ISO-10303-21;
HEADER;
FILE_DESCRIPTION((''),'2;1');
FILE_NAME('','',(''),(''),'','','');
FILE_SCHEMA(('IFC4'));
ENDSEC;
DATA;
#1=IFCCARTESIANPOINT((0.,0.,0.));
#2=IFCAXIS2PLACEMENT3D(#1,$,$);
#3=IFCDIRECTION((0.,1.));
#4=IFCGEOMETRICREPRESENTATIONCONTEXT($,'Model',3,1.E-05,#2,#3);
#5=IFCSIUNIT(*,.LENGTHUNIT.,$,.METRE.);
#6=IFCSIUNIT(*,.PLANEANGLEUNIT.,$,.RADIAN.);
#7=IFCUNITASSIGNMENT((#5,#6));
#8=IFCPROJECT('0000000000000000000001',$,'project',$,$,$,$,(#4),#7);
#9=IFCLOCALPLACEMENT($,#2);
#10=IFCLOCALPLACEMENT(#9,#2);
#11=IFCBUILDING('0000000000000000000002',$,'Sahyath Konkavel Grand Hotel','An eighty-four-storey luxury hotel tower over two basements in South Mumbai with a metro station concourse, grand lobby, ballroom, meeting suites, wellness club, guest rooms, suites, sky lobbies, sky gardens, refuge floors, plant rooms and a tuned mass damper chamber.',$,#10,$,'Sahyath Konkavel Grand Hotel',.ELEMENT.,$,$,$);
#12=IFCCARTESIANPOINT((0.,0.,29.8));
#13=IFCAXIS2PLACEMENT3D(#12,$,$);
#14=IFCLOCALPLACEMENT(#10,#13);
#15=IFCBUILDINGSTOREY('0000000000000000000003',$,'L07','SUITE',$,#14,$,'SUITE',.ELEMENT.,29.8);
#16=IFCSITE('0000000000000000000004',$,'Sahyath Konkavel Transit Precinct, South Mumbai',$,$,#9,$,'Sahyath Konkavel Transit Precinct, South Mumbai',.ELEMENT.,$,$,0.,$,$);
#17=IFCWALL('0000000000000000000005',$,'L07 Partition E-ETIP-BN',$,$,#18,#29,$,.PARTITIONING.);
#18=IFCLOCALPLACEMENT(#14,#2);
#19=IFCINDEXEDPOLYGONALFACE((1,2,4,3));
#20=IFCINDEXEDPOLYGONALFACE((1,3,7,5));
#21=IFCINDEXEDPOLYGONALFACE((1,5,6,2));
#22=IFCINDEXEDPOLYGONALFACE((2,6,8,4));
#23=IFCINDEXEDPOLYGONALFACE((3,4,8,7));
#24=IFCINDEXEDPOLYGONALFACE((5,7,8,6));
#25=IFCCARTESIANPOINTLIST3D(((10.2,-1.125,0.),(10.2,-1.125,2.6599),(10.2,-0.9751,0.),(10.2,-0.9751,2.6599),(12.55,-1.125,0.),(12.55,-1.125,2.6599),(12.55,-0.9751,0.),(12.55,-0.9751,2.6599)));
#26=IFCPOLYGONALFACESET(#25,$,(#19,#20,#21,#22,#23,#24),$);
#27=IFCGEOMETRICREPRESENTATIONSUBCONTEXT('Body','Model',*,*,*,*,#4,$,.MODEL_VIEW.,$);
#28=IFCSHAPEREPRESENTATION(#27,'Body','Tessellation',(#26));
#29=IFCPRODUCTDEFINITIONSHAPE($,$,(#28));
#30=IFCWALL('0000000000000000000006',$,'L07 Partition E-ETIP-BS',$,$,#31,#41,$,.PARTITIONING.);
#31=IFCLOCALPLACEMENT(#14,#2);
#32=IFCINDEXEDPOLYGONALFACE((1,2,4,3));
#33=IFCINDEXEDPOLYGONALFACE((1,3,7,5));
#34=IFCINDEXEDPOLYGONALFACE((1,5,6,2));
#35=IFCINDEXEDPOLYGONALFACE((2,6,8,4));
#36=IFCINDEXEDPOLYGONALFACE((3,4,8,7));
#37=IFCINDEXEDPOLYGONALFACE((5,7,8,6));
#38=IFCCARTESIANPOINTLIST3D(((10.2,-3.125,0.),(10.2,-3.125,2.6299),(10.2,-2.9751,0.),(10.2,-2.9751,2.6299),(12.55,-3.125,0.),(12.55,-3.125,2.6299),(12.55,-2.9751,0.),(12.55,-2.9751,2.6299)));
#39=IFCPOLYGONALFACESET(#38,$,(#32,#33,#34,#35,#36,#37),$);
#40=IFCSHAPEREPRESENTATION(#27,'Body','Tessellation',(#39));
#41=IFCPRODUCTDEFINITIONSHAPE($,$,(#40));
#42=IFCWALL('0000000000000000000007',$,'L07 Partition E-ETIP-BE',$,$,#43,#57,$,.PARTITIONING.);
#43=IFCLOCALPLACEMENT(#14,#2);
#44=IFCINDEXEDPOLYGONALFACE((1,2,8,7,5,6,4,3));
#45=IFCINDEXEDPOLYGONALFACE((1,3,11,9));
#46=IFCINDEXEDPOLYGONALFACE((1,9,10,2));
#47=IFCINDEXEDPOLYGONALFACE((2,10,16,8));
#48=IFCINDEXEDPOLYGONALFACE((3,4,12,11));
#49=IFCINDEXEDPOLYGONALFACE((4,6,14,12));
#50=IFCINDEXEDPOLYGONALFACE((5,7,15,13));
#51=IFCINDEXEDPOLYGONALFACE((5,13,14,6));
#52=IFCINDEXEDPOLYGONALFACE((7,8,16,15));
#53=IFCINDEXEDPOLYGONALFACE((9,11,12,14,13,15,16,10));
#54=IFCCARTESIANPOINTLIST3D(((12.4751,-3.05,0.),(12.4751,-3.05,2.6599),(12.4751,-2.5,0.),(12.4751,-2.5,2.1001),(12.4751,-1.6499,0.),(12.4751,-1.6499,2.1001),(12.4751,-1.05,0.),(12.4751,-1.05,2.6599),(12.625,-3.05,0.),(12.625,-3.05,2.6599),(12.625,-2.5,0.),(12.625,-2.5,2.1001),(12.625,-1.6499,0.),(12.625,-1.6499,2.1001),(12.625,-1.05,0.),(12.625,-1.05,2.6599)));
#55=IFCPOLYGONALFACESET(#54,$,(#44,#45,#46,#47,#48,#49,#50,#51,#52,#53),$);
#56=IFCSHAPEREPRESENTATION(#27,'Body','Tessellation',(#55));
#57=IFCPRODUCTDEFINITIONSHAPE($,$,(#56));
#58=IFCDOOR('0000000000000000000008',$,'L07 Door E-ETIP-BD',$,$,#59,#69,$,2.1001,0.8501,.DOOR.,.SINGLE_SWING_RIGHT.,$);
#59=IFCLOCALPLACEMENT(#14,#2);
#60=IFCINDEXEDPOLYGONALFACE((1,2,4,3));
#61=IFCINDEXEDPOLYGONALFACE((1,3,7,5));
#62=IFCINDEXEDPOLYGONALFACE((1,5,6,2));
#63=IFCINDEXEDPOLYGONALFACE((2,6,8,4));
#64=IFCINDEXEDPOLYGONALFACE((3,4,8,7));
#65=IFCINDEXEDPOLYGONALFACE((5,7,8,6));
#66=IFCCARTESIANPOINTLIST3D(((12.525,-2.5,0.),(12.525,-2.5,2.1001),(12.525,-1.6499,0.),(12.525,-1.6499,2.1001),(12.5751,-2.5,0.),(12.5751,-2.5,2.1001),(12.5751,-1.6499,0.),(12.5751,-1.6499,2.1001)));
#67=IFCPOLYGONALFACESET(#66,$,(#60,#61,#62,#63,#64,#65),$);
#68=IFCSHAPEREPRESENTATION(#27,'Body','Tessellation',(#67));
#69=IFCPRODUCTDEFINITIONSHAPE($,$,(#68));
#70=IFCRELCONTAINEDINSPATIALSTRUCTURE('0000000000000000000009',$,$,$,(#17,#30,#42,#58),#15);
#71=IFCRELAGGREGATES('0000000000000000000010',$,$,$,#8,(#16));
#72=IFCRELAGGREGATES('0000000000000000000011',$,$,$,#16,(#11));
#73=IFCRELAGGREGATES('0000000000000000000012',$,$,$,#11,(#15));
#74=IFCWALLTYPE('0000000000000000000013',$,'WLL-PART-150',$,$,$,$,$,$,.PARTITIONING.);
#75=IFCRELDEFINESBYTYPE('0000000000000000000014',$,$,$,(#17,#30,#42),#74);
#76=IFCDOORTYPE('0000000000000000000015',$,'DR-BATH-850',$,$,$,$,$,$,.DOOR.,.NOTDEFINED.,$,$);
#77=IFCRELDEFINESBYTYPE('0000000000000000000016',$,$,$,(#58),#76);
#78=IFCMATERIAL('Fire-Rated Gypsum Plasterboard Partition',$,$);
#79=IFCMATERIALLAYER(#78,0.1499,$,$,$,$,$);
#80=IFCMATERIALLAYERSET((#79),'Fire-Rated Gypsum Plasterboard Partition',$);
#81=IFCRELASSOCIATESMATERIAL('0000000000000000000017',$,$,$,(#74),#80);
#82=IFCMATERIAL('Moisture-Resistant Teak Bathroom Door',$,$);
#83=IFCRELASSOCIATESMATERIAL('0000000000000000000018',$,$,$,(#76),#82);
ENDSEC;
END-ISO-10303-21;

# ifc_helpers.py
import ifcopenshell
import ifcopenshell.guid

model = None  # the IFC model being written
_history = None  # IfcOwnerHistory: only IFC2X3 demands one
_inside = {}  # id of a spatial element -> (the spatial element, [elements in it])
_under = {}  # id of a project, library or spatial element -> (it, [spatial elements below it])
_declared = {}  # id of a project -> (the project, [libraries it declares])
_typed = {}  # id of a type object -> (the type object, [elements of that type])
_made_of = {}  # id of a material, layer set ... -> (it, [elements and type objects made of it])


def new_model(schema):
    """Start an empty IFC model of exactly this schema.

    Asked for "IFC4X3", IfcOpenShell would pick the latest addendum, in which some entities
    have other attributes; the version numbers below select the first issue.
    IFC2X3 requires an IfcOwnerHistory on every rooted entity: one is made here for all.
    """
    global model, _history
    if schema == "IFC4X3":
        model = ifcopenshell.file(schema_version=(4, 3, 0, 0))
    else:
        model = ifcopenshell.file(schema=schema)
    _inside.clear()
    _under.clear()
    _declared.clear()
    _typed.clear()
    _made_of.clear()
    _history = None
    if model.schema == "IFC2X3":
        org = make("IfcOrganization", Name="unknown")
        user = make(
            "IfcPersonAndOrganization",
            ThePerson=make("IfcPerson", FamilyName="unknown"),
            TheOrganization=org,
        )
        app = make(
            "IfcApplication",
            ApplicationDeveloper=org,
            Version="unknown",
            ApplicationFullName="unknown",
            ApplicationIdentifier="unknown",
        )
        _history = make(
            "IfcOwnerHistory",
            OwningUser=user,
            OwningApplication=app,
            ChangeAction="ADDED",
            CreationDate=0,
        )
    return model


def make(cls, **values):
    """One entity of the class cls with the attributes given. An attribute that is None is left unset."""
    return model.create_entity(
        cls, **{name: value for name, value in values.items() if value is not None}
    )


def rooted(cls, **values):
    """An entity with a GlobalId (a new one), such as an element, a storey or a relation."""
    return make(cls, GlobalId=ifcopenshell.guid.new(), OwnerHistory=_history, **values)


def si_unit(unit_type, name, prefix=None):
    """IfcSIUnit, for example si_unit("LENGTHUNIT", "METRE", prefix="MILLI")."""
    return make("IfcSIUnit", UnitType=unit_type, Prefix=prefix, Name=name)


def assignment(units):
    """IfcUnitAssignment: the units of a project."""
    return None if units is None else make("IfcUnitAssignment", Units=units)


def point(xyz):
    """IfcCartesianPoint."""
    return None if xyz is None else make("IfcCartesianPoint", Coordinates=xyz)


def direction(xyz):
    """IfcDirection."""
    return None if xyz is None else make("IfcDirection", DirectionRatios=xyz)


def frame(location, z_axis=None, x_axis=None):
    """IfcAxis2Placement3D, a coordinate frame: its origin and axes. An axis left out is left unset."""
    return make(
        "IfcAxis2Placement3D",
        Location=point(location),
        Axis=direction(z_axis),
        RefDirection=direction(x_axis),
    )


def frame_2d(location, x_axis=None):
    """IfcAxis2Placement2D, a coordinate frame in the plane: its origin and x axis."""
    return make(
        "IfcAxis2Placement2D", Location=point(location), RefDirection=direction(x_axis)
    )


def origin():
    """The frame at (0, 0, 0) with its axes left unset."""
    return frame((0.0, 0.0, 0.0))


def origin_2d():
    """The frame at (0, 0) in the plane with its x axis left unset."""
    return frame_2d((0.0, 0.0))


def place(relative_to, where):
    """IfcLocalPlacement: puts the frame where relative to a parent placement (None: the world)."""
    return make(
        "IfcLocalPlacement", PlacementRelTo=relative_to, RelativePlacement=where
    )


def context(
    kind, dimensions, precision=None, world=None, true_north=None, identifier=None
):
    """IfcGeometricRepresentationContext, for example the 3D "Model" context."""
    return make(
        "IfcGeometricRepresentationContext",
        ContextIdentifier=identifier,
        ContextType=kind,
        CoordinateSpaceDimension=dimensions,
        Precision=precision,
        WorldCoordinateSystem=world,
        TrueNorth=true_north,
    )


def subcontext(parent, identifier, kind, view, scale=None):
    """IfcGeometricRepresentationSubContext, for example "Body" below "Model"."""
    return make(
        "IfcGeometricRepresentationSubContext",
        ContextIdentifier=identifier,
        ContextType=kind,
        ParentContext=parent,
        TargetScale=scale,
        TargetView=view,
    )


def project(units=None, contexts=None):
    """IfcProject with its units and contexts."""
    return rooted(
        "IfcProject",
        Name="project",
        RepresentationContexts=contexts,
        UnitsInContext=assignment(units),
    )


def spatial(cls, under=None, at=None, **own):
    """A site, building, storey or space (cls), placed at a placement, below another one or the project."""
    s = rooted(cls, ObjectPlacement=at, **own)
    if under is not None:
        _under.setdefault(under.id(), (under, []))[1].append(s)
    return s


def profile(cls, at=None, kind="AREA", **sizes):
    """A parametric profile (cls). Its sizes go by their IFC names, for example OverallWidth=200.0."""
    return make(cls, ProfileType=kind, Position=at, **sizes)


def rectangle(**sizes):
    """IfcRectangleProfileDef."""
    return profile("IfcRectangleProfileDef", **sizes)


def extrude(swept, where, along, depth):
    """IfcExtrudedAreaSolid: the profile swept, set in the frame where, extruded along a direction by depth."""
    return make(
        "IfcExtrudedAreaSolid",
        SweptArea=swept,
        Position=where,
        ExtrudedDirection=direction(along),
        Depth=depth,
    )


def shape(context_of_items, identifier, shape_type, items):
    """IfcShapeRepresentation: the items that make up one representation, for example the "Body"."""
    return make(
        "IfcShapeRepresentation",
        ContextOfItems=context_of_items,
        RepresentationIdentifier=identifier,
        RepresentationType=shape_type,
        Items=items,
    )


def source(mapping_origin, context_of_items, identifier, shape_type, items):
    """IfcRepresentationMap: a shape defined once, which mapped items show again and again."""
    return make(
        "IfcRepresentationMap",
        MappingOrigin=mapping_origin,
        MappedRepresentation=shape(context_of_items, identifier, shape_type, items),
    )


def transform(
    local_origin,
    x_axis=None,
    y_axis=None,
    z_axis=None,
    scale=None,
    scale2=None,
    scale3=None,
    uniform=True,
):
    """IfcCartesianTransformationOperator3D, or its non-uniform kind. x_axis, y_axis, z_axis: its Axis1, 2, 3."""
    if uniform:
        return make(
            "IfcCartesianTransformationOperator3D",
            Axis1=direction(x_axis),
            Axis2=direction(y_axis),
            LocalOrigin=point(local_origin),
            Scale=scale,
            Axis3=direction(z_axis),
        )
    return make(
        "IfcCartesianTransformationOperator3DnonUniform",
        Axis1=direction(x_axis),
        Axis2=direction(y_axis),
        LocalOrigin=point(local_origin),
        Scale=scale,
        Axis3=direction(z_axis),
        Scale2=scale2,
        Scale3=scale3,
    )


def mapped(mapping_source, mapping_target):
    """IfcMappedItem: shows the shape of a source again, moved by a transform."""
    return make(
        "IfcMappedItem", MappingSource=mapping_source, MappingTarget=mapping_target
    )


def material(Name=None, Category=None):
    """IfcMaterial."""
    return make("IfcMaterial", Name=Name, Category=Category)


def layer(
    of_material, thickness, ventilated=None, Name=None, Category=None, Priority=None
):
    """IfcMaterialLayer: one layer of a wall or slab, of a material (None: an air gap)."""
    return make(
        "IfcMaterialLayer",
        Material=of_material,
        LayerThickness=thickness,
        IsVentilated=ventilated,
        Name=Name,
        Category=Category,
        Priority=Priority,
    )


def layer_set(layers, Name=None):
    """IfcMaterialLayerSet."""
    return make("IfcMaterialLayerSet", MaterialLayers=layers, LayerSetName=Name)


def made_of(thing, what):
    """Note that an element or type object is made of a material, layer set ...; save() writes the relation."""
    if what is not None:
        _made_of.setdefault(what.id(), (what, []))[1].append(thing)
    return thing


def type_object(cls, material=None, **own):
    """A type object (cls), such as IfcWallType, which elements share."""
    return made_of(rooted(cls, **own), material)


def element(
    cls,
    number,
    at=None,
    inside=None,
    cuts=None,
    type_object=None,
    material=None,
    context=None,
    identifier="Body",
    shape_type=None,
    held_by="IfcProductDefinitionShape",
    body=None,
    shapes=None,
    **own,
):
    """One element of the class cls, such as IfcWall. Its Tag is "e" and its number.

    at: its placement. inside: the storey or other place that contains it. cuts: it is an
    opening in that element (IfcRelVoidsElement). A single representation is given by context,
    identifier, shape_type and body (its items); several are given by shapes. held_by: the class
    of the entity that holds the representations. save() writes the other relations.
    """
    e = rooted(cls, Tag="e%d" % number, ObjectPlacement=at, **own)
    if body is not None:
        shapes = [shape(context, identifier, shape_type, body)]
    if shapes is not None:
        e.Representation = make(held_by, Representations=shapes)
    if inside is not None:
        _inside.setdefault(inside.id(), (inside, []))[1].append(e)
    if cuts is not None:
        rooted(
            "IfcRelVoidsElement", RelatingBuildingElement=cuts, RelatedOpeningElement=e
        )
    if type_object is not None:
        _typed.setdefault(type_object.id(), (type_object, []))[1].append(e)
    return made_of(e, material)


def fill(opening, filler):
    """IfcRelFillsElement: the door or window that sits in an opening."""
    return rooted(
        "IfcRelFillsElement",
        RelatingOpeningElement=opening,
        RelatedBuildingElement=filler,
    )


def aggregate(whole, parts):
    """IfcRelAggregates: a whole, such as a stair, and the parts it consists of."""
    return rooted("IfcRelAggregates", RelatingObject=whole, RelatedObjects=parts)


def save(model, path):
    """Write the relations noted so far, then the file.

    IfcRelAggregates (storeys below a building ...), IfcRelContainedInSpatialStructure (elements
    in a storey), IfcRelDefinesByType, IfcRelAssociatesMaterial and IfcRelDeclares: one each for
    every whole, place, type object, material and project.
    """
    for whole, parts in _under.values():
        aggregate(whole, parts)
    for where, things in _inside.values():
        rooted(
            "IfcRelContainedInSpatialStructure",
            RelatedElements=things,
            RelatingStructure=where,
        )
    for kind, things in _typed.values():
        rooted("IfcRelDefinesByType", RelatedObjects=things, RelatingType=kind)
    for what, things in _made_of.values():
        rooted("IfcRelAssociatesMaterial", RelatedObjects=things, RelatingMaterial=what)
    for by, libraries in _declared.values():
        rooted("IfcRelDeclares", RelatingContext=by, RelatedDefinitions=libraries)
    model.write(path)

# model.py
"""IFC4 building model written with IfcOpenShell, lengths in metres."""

from ifc_helpers import new_model, si_unit, direction, frame, frame_2d, origin, origin_2d, place, context, subcontext, project, spatial, rectangle, extrude, source, transform, mapped, material, layer, layer_set, type_object, element, fill, save


model = new_model("IFC4")

# Units and contexts
model_context = context("Model", 3, precision=1e-05, world=origin(), true_north=direction((0.0, 1.0)))
body_context = subcontext(model_context, "Body", "Model", "MODEL_VIEW")
ifc_project = project(units=[si_unit("LENGTHUNIT", "METRE"), si_unit("PLANEANGLEUNIT", "RADIAN")], contexts=[model_context])

# Site, building, storey
site_placement = place(None, origin())
site = spatial("IfcSite", under=ifc_project, at=site_placement, Name="Sahyath Konkavel Transit Precinct, South Mumbai", LongName="Sahyath Konkavel Transit Precinct, South Mumbai", CompositionType="ELEMENT", RefElevation=0.0)
building_placement = place(site_placement, origin())
building = spatial("IfcBuilding", under=site, at=building_placement, Name="Sahyath Konkavel Grand Hotel", Description="An eighty-four-storey luxury hotel tower over two basements in South Mumbai with a metro station concourse, grand lobby, ballroom, meeting suites, wellness club, guest rooms, suites, sky lobbies, sky gardens, refuge floors, plant rooms and a tuned mass damper chamber.", LongName="Sahyath Konkavel Grand Hotel", CompositionType="ELEMENT")
storey_placement = place(building_placement, frame((0.0, 0.0, 29.8)))
storey = spatial("IfcBuildingStorey", under=building, at=storey_placement, Name="L07", Description="SUITE", LongName="SUITE", CompositionType="ELEMENT", Elevation=29.8)

# Shared definitions
shared_shape_1 = source(origin(), body_context, "Body", "SweptSolid", [
    extrude(rectangle(XDim=0.8501, YDim=0.05, at=origin_2d()), origin(), (0.0, 0.0, 1.0), 2.1001),
])

# Walls
ifc_material_1 = material(Name="Fire-Rated Gypsum Plasterboard Partition")
ifc_layer_1 = layer(ifc_material_1, 0.1499)
ifc_layer_set_1 = layer_set([ifc_layer_1], Name="Fire-Rated Gypsum Plasterboard Partition")
wall_type_1 = type_object("IfcWallType", Name="WLL-PART-150", PredefinedType="PARTITIONING", material=ifc_layer_set_1)
wall_1_placement = place(storey_placement, frame((10.2, -1.05, 0.0), z_axis=(0.0, 0.0, 1.0), x_axis=(1.0, 0.0, 0.0)))
element("IfcWall", 1, at=wall_1_placement, inside=storey, type_object=wall_type_1, Name="L07 Partition E-ETIP-BN", PredefinedType="PARTITIONING", context=body_context, shape_type="SweptSolid", body=[
    extrude(rectangle(XDim=2.3501, YDim=0.1499, at=frame_2d((1.175, 0.0))), origin(), (0.0, 0.0, 1.0), 2.6599),
])
wall_2_placement = place(storey_placement, frame((10.2, -3.05, 0.0), z_axis=(0.0, 0.0, 1.0), x_axis=(1.0, 0.0, 0.0)))
element("IfcWall", 2, at=wall_2_placement, inside=storey, type_object=wall_type_1, Name="L07 Partition E-ETIP-BS", PredefinedType="PARTITIONING", context=body_context, shape_type="SweptSolid", body=[
    extrude(rectangle(XDim=2.3501, YDim=0.1499, at=frame_2d((1.175, 0.0))), origin(), (0.0, 0.0, 1.0), 2.6299),
])

# Wall, opening, door
wall_3_placement = place(storey_placement, frame((12.55, -3.05, 0.0), z_axis=(0.0, 0.0, 1.0), x_axis=(0.0, 1.0, 0.0)))
wall_3 = element("IfcWall", 3, at=wall_3_placement, inside=storey, type_object=wall_type_1, Name="L07 Partition E-ETIP-BE", PredefinedType="PARTITIONING", context=body_context, shape_type="SweptSolid", body=[
    extrude(rectangle(XDim=2.0, YDim=0.1499, at=frame_2d((1.0, 0.0))), origin(), (0.0, 0.0, 1.0), 2.6599),
])
opening_1_placement = place(wall_3_placement, frame((0.55, 0.0, 0.0)))
opening_1 = element("IfcOpeningElement", 4, at=opening_1_placement, cuts=wall_3, PredefinedType="OPENING", context=body_context, shape_type="SweptSolid", body=[
    extrude(rectangle(XDim=0.8501, YDim=2.1001, at=frame_2d((0.425, 1.05))), frame((0.0, 0.085, 0.0), z_axis=(0.0, -1.0, 0.0), x_axis=(1.0, 0.0, 0.0)), (0.0, 0.0, 1.0), 0.1699),
])
ifc_material_2 = material(Name="Moisture-Resistant Teak Bathroom Door")
door_type_1 = type_object("IfcDoorType", Name="DR-BATH-850", OperationType="NOTDEFINED", PredefinedType="DOOR", material=ifc_material_2)
door_1_placement = place(opening_1_placement, frame((0.425, 0.0, 0.0)))
door_1 = element("IfcDoor", 5, at=door_1_placement, inside=storey, type_object=door_type_1, Name="L07 Door E-ETIP-BD", OperationType="SINGLE_SWING_RIGHT", OverallHeight=2.1001, OverallWidth=0.8501, PredefinedType="DOOR", context=body_context, shape_type="MappedRepresentation", body=[
    mapped(shared_shape_1, transform((0.0, 0.0, 0.0), scale=1.0)),
])
fill(opening_1, door_1)

save(model, "model.ifc")
